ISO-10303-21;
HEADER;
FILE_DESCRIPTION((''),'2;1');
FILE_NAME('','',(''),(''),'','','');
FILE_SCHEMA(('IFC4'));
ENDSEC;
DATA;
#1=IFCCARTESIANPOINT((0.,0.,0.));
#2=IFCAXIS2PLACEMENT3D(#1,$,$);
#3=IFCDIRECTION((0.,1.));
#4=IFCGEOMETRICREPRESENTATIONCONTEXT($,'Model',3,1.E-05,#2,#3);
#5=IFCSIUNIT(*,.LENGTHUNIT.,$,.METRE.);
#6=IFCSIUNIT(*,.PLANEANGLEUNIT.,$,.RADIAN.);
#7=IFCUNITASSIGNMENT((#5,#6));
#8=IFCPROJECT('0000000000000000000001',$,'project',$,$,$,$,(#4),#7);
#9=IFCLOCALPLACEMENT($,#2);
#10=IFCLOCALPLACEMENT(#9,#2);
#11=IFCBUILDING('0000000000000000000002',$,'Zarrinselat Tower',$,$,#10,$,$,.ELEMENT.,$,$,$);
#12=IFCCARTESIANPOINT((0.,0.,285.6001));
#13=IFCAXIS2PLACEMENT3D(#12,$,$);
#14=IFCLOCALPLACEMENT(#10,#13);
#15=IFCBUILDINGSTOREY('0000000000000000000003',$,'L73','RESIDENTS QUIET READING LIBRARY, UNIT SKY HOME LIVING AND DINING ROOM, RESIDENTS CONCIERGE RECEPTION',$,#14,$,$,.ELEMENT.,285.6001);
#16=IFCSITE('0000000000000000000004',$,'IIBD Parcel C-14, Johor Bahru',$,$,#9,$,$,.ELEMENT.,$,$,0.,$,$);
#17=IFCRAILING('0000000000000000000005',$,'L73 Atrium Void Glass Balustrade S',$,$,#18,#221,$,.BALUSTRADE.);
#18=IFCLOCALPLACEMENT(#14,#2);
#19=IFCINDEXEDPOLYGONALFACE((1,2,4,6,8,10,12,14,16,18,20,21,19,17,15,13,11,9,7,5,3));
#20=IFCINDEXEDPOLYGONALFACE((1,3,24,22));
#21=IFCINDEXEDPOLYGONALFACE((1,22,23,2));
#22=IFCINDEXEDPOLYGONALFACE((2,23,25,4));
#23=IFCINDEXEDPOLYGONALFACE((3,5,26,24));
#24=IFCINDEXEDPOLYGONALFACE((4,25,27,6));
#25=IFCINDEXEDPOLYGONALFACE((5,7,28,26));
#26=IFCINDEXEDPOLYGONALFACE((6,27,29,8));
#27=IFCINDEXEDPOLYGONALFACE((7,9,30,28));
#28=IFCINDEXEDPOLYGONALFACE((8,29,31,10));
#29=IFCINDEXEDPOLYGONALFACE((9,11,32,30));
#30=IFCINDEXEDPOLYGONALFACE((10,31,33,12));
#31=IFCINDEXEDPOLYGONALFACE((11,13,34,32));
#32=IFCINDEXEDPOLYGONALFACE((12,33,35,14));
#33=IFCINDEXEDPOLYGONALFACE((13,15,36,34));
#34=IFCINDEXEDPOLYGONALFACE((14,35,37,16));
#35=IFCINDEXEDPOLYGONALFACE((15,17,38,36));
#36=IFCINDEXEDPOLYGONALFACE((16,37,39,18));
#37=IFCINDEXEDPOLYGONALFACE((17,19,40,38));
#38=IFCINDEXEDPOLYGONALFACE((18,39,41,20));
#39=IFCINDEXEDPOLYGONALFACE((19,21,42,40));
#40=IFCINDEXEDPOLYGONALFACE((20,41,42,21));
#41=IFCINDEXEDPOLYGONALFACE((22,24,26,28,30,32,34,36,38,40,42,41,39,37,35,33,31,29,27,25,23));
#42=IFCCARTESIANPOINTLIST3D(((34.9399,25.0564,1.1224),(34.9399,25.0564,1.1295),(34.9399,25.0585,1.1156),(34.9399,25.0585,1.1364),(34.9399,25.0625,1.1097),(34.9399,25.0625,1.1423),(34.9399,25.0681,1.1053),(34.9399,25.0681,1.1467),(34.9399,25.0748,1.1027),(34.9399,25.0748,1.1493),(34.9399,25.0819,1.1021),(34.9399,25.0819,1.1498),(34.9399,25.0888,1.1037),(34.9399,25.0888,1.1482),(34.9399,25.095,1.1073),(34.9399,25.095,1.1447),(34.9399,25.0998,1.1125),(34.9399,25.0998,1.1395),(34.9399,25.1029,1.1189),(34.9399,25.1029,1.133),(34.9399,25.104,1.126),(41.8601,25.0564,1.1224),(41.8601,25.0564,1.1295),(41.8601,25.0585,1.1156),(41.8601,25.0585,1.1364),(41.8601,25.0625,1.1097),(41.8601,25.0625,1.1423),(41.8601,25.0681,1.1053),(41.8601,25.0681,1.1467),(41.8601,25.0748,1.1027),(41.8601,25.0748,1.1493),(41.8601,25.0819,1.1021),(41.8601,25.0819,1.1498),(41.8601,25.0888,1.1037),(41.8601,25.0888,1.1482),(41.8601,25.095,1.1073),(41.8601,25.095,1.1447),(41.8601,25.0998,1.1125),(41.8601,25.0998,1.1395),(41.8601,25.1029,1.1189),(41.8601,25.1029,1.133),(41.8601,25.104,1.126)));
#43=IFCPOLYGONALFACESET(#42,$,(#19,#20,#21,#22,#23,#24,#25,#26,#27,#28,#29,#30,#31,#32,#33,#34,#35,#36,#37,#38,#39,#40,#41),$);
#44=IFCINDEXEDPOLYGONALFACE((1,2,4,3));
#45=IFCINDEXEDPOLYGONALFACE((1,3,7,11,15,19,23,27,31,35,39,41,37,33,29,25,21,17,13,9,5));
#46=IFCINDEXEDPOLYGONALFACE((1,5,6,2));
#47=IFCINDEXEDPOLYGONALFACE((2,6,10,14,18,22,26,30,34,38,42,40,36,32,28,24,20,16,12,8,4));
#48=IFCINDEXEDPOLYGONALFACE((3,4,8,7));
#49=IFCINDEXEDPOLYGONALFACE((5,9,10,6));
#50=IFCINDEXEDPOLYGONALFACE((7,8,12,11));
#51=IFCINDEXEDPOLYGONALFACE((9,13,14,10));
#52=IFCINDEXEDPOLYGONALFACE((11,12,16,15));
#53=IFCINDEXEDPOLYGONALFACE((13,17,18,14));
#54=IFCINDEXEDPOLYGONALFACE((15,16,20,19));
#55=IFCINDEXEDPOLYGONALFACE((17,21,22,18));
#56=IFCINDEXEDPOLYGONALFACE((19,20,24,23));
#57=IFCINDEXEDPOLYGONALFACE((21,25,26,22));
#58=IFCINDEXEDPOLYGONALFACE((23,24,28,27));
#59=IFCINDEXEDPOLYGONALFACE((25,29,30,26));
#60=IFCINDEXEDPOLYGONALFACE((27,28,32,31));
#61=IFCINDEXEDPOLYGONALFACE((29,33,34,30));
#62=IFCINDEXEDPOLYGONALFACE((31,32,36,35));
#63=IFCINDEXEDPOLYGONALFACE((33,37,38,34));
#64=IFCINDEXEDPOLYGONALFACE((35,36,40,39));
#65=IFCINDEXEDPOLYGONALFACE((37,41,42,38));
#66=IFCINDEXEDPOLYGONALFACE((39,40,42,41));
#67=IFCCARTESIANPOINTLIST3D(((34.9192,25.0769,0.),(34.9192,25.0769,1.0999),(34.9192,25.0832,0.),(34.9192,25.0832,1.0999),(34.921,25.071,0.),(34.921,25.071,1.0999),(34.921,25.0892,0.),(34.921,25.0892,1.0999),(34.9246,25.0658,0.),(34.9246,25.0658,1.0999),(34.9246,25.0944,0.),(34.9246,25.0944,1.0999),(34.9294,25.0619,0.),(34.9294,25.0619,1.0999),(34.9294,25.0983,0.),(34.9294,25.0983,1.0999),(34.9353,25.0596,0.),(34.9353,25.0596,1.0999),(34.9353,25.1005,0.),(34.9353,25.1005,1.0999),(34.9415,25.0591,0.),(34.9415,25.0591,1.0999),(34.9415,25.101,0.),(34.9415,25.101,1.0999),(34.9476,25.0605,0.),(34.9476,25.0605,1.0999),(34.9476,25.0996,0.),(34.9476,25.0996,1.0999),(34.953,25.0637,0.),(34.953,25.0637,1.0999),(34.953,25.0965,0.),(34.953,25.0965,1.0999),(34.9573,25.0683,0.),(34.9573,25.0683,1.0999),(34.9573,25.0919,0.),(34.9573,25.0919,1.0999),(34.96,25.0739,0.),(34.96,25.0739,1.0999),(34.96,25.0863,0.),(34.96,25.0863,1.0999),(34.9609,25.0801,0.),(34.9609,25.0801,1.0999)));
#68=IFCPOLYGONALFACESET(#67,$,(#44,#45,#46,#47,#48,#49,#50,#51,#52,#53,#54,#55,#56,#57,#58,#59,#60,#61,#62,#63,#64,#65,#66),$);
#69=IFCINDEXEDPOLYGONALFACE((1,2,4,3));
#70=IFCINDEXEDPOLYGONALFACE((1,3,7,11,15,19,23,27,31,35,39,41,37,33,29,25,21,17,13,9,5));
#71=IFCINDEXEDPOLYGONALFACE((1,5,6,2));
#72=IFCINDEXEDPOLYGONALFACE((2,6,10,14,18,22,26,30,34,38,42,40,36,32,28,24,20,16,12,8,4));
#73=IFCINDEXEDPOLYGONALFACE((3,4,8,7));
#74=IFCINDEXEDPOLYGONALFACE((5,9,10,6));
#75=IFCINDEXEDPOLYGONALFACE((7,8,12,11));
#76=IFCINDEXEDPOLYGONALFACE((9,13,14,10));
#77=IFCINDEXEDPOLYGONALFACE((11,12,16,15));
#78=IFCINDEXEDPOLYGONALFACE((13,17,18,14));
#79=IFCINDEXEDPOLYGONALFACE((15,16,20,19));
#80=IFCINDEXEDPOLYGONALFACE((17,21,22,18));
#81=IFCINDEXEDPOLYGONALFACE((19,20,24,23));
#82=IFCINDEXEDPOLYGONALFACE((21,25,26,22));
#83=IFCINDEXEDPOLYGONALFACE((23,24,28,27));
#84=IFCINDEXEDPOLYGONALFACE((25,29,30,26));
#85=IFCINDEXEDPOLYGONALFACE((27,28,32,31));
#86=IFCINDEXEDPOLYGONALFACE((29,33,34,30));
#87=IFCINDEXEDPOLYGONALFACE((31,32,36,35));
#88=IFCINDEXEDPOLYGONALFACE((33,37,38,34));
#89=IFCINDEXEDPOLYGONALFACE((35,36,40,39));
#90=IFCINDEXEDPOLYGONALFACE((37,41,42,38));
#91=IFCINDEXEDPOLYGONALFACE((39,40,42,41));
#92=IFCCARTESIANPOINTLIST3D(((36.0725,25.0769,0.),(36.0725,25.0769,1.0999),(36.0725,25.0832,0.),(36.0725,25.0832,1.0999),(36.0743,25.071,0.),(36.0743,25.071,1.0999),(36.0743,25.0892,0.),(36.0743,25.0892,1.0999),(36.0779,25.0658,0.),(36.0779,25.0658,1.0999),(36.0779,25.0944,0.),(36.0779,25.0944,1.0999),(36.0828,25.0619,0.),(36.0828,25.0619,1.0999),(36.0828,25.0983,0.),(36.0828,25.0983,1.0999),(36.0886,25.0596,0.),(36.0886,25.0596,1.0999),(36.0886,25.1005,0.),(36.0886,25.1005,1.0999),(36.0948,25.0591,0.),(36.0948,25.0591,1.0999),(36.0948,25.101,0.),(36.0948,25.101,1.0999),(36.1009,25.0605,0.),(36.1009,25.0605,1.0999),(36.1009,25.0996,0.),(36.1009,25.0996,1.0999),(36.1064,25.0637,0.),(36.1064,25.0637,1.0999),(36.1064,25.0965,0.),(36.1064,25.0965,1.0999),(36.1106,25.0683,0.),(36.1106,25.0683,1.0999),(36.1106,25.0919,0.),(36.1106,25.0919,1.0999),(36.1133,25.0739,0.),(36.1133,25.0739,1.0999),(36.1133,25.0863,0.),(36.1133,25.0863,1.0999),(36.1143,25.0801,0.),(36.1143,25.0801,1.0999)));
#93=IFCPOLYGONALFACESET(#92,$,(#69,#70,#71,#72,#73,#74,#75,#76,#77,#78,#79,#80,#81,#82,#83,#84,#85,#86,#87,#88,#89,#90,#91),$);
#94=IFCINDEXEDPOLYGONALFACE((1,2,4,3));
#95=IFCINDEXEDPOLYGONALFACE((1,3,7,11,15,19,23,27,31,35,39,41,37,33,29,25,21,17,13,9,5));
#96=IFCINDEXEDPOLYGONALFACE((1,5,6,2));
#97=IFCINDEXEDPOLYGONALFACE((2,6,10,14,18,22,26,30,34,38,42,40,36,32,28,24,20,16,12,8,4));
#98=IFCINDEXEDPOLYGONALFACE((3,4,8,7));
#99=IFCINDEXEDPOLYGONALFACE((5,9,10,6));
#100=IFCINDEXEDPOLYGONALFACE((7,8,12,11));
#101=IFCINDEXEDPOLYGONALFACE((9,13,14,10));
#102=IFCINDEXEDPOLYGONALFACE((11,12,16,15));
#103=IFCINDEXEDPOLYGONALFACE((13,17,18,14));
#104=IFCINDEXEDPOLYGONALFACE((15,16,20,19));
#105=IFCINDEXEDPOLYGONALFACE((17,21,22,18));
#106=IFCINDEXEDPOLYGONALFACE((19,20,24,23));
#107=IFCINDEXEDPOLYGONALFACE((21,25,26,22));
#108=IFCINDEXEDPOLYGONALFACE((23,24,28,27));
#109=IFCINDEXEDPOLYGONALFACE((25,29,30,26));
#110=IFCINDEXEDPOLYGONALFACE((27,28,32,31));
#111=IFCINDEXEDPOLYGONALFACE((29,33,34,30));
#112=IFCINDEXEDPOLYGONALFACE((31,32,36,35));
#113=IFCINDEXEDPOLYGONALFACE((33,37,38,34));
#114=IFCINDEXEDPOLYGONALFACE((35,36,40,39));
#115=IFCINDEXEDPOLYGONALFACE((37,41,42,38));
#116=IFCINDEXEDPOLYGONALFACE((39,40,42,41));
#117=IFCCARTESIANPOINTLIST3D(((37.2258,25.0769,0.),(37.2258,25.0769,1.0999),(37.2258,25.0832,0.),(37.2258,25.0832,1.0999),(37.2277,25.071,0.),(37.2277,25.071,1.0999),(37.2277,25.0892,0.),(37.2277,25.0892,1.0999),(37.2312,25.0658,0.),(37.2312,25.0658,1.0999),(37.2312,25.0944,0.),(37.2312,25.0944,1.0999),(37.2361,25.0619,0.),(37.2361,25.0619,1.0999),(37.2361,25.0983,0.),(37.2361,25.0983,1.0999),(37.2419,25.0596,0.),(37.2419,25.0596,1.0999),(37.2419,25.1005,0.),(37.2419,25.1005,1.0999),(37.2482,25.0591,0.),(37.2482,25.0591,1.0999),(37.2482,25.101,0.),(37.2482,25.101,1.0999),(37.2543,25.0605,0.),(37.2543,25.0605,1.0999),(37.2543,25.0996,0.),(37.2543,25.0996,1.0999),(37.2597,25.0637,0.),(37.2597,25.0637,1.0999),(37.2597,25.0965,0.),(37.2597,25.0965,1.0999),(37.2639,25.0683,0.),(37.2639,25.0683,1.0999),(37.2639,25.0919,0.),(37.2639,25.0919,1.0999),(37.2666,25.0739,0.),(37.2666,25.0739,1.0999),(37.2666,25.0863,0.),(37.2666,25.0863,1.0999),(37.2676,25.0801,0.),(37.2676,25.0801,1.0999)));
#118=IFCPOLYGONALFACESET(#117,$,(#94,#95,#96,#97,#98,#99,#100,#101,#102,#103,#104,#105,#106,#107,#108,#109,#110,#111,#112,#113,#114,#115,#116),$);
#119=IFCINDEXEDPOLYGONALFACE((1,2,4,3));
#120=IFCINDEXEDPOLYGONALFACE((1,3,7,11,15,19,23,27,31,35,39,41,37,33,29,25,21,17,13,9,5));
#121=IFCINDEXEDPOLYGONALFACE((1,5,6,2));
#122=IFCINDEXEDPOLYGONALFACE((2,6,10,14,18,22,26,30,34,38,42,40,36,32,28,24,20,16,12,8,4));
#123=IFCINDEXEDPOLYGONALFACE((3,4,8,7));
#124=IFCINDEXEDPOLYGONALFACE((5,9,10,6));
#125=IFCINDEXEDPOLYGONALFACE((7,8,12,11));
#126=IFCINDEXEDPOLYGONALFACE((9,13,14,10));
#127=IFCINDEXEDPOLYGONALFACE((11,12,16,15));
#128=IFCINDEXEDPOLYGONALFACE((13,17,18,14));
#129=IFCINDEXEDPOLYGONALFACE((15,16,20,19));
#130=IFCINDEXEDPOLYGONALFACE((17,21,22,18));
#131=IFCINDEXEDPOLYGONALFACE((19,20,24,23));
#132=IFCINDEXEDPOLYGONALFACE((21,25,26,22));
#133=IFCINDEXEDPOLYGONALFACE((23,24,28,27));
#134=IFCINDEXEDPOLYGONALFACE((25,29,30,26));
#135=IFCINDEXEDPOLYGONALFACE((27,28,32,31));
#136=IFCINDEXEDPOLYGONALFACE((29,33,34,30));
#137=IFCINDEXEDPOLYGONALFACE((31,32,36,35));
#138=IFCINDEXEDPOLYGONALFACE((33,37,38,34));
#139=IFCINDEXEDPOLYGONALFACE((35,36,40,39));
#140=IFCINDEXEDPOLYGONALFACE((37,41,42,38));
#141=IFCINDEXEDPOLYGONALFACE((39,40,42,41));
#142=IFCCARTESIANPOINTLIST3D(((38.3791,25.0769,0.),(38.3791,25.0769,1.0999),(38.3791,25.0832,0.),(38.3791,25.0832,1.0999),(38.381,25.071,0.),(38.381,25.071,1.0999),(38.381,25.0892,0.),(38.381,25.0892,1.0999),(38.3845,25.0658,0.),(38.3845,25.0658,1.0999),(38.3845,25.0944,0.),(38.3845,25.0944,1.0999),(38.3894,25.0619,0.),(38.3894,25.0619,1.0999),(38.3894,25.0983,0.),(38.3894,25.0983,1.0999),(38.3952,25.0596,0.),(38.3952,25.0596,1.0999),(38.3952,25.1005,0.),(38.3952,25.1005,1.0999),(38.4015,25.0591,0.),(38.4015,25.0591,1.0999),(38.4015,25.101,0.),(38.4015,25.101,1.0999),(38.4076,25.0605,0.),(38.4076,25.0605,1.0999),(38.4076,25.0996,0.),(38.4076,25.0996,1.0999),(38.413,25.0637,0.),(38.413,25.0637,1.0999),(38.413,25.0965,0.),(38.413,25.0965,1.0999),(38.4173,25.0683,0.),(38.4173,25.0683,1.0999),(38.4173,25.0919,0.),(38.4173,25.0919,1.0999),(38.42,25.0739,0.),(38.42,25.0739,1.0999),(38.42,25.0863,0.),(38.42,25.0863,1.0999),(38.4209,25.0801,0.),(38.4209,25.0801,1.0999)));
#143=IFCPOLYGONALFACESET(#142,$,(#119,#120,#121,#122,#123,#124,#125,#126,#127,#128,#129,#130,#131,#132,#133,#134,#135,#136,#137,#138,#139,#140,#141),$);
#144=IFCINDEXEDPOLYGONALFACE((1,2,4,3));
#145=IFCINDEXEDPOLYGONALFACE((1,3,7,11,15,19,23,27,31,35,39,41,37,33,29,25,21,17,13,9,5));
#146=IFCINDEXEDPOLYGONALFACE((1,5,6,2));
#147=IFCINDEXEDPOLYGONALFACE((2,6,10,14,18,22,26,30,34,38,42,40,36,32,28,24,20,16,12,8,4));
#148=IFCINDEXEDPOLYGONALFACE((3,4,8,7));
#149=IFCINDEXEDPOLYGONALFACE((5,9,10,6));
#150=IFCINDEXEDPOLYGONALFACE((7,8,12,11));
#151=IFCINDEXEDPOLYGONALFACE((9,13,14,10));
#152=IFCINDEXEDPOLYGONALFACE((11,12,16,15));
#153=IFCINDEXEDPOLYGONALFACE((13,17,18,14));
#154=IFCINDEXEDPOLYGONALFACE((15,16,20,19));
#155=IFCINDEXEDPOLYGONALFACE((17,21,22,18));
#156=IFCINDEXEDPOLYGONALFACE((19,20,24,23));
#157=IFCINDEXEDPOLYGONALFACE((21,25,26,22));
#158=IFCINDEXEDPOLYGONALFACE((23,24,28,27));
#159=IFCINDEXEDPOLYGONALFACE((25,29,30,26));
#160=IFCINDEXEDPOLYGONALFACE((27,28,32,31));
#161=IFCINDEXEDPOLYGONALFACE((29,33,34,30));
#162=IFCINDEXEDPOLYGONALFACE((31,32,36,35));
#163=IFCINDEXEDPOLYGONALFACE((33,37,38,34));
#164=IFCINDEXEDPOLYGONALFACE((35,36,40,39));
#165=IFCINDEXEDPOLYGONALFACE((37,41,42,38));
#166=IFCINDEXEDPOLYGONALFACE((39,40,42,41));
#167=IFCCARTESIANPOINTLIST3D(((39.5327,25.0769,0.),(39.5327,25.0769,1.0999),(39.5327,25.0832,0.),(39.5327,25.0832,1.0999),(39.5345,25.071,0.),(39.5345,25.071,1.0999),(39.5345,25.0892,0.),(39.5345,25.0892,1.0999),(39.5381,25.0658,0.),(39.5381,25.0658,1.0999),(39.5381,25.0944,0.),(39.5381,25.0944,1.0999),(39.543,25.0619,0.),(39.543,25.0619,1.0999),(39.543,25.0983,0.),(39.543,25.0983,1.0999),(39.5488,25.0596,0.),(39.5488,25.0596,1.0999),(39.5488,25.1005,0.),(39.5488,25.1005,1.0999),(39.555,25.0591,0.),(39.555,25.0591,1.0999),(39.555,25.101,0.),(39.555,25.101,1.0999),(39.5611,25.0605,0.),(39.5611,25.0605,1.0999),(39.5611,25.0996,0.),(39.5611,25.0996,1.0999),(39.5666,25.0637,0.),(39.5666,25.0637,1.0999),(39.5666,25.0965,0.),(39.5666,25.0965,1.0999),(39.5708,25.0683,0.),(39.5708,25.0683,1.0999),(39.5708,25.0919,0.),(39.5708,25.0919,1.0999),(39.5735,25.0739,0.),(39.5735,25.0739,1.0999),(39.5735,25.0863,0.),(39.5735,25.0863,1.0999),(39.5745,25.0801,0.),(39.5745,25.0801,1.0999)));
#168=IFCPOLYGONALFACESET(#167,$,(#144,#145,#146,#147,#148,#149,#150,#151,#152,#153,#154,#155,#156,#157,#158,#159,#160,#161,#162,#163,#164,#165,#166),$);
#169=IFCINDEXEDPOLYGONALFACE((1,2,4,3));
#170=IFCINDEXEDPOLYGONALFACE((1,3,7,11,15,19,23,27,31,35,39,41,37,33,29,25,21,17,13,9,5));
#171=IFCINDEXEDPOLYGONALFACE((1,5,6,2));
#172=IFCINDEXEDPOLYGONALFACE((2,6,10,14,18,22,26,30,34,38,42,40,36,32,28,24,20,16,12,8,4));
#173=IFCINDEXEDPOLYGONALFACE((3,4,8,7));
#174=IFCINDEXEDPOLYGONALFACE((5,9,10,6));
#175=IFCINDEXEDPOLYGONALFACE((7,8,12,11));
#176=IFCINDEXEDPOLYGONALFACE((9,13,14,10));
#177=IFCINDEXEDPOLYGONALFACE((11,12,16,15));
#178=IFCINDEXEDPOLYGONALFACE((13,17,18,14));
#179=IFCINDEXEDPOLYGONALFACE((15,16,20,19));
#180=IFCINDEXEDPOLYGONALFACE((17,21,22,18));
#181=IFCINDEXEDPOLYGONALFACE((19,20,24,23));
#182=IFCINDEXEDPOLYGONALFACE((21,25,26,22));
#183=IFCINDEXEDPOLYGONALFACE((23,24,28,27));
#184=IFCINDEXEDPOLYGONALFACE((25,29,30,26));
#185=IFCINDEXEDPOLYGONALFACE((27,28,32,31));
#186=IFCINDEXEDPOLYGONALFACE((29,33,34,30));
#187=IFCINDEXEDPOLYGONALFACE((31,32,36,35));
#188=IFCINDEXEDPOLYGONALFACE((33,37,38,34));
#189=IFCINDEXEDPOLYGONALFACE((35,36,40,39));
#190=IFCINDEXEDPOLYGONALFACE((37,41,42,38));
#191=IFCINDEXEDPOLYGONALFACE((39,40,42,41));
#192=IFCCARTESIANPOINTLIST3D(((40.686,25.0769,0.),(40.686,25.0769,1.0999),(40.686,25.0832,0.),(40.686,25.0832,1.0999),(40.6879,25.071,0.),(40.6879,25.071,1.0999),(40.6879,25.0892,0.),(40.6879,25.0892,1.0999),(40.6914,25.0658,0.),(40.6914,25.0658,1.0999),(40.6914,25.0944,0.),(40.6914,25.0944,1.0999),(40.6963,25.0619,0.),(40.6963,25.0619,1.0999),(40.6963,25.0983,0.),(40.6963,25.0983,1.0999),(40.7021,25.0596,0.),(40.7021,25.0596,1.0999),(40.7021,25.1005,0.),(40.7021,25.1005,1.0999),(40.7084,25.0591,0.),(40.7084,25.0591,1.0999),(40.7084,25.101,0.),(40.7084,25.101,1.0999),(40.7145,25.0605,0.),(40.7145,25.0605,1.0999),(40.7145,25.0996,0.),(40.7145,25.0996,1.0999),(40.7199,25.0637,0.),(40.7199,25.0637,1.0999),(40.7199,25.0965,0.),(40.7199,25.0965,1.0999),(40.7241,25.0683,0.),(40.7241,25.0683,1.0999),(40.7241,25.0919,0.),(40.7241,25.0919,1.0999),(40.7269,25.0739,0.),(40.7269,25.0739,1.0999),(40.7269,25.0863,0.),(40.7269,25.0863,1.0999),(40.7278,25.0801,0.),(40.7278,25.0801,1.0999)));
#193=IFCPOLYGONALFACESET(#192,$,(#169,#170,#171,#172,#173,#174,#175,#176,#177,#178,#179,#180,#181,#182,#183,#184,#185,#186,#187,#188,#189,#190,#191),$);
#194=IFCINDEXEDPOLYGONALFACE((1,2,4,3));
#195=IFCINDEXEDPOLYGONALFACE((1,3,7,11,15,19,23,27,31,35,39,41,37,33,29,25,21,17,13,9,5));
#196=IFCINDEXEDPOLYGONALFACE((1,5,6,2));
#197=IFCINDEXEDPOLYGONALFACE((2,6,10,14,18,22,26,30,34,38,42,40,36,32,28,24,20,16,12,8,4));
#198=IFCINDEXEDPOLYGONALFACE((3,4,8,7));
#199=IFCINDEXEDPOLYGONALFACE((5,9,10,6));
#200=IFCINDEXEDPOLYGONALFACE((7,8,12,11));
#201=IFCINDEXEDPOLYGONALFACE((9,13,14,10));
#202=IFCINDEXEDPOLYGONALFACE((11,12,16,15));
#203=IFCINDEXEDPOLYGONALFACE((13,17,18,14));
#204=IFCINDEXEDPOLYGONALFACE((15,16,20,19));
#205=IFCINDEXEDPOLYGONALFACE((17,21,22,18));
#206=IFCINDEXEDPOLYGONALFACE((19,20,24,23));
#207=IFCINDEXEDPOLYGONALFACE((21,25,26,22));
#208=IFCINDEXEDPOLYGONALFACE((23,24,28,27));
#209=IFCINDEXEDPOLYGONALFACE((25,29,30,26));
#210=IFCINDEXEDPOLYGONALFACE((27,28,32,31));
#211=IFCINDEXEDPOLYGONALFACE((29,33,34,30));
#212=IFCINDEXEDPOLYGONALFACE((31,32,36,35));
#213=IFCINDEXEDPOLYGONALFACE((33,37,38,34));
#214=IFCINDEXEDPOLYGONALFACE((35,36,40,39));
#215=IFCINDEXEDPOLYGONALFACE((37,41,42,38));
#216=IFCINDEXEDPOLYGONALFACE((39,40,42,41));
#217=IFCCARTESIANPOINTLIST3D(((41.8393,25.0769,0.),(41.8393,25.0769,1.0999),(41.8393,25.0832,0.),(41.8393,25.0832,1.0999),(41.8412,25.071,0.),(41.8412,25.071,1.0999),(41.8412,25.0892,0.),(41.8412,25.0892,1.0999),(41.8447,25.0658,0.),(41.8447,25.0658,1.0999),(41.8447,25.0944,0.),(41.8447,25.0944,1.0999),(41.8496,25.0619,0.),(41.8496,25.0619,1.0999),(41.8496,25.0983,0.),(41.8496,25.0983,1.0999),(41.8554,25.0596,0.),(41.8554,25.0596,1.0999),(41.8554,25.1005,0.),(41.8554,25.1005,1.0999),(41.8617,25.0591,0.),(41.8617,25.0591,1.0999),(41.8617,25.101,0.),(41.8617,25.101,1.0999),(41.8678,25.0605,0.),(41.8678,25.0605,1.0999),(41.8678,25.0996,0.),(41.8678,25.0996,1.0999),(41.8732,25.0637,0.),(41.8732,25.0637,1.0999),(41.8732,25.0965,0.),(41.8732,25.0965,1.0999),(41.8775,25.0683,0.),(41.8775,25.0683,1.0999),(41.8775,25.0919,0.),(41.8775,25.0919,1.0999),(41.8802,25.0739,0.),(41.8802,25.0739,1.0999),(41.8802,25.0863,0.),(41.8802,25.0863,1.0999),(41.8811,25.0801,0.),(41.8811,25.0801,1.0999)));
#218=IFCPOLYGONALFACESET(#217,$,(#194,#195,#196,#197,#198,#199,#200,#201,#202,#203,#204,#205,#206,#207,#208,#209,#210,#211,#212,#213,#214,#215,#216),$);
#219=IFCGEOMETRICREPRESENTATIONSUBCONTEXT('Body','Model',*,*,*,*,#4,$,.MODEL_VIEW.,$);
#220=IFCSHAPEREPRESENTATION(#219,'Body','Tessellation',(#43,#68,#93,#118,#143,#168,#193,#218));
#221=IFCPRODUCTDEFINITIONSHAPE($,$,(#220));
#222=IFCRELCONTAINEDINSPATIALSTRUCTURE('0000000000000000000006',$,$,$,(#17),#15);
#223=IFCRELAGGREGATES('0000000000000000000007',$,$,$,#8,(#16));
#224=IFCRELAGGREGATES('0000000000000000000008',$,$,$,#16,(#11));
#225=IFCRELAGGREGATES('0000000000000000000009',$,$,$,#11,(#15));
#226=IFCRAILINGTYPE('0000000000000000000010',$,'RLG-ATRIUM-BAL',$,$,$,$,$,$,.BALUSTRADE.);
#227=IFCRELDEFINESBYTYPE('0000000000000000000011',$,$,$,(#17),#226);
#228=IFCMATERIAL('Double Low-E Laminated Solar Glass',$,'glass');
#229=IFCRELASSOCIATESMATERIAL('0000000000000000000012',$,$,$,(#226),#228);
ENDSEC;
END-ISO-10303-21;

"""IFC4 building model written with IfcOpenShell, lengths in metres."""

from ifc_helpers import new_model, si_unit, direction, frame, origin, origin_2d, place, context, subcontext, project, spatial, circle, extrude, material, type_object, element, save


model = new_model("IFC4")

# Units and contexts
model_context = context("Model", 3, precision=1e-05, world=origin(), true_north=direction((0.0, 1.0)))
body_context = subcontext(model_context, "Body", "Model", "MODEL_VIEW")
ifc_project = project(units=[si_unit("LENGTHUNIT", "METRE"), si_unit("PLANEANGLEUNIT", "RADIAN")], contexts=[model_context])

# Site, building, storey
site_placement = place(None, origin())
site = spatial("IfcSite", under=ifc_project, at=site_placement, Name="IIBD Parcel C-14, Johor Bahru", CompositionType="ELEMENT", RefElevation=0.0)
building_placement = place(site_placement, origin())
building = spatial("IfcBuilding", under=site, at=building_placement, Name="Zarrinselat Tower", CompositionType="ELEMENT")
storey_placement = place(building_placement, frame((0.0, 0.0, 285.6001)))
storey = spatial("IfcBuildingStorey", under=building, at=storey_placement, Name="L73", Description="RESIDENTS QUIET READING LIBRARY, UNIT SKY HOME LIVING AND DINING ROOM, RESIDENTS CONCIERGE RECEPTION", CompositionType="ELEMENT", Elevation=285.6001)

# Railing
ifc_material_1 = material(Name="Double Low-E Laminated Solar Glass", Category="glass")
railing_type_1 = type_object("IfcRailingType", Name="RLG-ATRIUM-BAL", PredefinedType="BALUSTRADE", material=ifc_material_1)
railing_1_placement = place(storey_placement, frame((34.9399, 25.0801, 0.0)))
element("IfcRailing", 1, at=railing_1_placement, inside=storey, type_object=railing_type_1, Name="L73 Atrium Void Glass Balustrade S", PredefinedType="BALUSTRADE", context=body_context, shape_type="SweptSolid", body=[
    extrude(circle(Radius=0.0239, at=origin_2d()), frame((0.0, 0.0, 1.126), z_axis=(1.0, 0.0, 0.0), x_axis=(0.0, 1.0, 0.0)), (0.0, 0.0, 1.0), 6.9202),
    extrude(circle(Radius=0.021, at=origin_2d()), origin(), (0.0, 0.0, 1.0), 1.0999),
    extrude(circle(Radius=0.021, at=origin_2d()), frame((1.1533, 0.0, 0.0)), (0.0, 0.0, 1.0), 1.0999),
    extrude(circle(Radius=0.021, at=origin_2d()), frame((2.3066, 0.0, 0.0)), (0.0, 0.0, 1.0), 1.0999),
    extrude(circle(Radius=0.021, at=origin_2d()), frame((3.46, 0.0, 0.0)), (0.0, 0.0, 1.0), 1.0999),
    extrude(circle(Radius=0.021, at=origin_2d()), frame((4.6135, 0.0, 0.0)), (0.0, 0.0, 1.0), 1.0999),
    extrude(circle(Radius=0.021, at=origin_2d()), frame((5.7668, 0.0, 0.0)), (0.0, 0.0, 1.0), 1.0999),
    extrude(circle(Radius=0.021, at=origin_2d()), frame((6.9202, 0.0, 0.0)), (0.0, 0.0, 1.0), 1.0999),
])

save(model, "model.ifc")
